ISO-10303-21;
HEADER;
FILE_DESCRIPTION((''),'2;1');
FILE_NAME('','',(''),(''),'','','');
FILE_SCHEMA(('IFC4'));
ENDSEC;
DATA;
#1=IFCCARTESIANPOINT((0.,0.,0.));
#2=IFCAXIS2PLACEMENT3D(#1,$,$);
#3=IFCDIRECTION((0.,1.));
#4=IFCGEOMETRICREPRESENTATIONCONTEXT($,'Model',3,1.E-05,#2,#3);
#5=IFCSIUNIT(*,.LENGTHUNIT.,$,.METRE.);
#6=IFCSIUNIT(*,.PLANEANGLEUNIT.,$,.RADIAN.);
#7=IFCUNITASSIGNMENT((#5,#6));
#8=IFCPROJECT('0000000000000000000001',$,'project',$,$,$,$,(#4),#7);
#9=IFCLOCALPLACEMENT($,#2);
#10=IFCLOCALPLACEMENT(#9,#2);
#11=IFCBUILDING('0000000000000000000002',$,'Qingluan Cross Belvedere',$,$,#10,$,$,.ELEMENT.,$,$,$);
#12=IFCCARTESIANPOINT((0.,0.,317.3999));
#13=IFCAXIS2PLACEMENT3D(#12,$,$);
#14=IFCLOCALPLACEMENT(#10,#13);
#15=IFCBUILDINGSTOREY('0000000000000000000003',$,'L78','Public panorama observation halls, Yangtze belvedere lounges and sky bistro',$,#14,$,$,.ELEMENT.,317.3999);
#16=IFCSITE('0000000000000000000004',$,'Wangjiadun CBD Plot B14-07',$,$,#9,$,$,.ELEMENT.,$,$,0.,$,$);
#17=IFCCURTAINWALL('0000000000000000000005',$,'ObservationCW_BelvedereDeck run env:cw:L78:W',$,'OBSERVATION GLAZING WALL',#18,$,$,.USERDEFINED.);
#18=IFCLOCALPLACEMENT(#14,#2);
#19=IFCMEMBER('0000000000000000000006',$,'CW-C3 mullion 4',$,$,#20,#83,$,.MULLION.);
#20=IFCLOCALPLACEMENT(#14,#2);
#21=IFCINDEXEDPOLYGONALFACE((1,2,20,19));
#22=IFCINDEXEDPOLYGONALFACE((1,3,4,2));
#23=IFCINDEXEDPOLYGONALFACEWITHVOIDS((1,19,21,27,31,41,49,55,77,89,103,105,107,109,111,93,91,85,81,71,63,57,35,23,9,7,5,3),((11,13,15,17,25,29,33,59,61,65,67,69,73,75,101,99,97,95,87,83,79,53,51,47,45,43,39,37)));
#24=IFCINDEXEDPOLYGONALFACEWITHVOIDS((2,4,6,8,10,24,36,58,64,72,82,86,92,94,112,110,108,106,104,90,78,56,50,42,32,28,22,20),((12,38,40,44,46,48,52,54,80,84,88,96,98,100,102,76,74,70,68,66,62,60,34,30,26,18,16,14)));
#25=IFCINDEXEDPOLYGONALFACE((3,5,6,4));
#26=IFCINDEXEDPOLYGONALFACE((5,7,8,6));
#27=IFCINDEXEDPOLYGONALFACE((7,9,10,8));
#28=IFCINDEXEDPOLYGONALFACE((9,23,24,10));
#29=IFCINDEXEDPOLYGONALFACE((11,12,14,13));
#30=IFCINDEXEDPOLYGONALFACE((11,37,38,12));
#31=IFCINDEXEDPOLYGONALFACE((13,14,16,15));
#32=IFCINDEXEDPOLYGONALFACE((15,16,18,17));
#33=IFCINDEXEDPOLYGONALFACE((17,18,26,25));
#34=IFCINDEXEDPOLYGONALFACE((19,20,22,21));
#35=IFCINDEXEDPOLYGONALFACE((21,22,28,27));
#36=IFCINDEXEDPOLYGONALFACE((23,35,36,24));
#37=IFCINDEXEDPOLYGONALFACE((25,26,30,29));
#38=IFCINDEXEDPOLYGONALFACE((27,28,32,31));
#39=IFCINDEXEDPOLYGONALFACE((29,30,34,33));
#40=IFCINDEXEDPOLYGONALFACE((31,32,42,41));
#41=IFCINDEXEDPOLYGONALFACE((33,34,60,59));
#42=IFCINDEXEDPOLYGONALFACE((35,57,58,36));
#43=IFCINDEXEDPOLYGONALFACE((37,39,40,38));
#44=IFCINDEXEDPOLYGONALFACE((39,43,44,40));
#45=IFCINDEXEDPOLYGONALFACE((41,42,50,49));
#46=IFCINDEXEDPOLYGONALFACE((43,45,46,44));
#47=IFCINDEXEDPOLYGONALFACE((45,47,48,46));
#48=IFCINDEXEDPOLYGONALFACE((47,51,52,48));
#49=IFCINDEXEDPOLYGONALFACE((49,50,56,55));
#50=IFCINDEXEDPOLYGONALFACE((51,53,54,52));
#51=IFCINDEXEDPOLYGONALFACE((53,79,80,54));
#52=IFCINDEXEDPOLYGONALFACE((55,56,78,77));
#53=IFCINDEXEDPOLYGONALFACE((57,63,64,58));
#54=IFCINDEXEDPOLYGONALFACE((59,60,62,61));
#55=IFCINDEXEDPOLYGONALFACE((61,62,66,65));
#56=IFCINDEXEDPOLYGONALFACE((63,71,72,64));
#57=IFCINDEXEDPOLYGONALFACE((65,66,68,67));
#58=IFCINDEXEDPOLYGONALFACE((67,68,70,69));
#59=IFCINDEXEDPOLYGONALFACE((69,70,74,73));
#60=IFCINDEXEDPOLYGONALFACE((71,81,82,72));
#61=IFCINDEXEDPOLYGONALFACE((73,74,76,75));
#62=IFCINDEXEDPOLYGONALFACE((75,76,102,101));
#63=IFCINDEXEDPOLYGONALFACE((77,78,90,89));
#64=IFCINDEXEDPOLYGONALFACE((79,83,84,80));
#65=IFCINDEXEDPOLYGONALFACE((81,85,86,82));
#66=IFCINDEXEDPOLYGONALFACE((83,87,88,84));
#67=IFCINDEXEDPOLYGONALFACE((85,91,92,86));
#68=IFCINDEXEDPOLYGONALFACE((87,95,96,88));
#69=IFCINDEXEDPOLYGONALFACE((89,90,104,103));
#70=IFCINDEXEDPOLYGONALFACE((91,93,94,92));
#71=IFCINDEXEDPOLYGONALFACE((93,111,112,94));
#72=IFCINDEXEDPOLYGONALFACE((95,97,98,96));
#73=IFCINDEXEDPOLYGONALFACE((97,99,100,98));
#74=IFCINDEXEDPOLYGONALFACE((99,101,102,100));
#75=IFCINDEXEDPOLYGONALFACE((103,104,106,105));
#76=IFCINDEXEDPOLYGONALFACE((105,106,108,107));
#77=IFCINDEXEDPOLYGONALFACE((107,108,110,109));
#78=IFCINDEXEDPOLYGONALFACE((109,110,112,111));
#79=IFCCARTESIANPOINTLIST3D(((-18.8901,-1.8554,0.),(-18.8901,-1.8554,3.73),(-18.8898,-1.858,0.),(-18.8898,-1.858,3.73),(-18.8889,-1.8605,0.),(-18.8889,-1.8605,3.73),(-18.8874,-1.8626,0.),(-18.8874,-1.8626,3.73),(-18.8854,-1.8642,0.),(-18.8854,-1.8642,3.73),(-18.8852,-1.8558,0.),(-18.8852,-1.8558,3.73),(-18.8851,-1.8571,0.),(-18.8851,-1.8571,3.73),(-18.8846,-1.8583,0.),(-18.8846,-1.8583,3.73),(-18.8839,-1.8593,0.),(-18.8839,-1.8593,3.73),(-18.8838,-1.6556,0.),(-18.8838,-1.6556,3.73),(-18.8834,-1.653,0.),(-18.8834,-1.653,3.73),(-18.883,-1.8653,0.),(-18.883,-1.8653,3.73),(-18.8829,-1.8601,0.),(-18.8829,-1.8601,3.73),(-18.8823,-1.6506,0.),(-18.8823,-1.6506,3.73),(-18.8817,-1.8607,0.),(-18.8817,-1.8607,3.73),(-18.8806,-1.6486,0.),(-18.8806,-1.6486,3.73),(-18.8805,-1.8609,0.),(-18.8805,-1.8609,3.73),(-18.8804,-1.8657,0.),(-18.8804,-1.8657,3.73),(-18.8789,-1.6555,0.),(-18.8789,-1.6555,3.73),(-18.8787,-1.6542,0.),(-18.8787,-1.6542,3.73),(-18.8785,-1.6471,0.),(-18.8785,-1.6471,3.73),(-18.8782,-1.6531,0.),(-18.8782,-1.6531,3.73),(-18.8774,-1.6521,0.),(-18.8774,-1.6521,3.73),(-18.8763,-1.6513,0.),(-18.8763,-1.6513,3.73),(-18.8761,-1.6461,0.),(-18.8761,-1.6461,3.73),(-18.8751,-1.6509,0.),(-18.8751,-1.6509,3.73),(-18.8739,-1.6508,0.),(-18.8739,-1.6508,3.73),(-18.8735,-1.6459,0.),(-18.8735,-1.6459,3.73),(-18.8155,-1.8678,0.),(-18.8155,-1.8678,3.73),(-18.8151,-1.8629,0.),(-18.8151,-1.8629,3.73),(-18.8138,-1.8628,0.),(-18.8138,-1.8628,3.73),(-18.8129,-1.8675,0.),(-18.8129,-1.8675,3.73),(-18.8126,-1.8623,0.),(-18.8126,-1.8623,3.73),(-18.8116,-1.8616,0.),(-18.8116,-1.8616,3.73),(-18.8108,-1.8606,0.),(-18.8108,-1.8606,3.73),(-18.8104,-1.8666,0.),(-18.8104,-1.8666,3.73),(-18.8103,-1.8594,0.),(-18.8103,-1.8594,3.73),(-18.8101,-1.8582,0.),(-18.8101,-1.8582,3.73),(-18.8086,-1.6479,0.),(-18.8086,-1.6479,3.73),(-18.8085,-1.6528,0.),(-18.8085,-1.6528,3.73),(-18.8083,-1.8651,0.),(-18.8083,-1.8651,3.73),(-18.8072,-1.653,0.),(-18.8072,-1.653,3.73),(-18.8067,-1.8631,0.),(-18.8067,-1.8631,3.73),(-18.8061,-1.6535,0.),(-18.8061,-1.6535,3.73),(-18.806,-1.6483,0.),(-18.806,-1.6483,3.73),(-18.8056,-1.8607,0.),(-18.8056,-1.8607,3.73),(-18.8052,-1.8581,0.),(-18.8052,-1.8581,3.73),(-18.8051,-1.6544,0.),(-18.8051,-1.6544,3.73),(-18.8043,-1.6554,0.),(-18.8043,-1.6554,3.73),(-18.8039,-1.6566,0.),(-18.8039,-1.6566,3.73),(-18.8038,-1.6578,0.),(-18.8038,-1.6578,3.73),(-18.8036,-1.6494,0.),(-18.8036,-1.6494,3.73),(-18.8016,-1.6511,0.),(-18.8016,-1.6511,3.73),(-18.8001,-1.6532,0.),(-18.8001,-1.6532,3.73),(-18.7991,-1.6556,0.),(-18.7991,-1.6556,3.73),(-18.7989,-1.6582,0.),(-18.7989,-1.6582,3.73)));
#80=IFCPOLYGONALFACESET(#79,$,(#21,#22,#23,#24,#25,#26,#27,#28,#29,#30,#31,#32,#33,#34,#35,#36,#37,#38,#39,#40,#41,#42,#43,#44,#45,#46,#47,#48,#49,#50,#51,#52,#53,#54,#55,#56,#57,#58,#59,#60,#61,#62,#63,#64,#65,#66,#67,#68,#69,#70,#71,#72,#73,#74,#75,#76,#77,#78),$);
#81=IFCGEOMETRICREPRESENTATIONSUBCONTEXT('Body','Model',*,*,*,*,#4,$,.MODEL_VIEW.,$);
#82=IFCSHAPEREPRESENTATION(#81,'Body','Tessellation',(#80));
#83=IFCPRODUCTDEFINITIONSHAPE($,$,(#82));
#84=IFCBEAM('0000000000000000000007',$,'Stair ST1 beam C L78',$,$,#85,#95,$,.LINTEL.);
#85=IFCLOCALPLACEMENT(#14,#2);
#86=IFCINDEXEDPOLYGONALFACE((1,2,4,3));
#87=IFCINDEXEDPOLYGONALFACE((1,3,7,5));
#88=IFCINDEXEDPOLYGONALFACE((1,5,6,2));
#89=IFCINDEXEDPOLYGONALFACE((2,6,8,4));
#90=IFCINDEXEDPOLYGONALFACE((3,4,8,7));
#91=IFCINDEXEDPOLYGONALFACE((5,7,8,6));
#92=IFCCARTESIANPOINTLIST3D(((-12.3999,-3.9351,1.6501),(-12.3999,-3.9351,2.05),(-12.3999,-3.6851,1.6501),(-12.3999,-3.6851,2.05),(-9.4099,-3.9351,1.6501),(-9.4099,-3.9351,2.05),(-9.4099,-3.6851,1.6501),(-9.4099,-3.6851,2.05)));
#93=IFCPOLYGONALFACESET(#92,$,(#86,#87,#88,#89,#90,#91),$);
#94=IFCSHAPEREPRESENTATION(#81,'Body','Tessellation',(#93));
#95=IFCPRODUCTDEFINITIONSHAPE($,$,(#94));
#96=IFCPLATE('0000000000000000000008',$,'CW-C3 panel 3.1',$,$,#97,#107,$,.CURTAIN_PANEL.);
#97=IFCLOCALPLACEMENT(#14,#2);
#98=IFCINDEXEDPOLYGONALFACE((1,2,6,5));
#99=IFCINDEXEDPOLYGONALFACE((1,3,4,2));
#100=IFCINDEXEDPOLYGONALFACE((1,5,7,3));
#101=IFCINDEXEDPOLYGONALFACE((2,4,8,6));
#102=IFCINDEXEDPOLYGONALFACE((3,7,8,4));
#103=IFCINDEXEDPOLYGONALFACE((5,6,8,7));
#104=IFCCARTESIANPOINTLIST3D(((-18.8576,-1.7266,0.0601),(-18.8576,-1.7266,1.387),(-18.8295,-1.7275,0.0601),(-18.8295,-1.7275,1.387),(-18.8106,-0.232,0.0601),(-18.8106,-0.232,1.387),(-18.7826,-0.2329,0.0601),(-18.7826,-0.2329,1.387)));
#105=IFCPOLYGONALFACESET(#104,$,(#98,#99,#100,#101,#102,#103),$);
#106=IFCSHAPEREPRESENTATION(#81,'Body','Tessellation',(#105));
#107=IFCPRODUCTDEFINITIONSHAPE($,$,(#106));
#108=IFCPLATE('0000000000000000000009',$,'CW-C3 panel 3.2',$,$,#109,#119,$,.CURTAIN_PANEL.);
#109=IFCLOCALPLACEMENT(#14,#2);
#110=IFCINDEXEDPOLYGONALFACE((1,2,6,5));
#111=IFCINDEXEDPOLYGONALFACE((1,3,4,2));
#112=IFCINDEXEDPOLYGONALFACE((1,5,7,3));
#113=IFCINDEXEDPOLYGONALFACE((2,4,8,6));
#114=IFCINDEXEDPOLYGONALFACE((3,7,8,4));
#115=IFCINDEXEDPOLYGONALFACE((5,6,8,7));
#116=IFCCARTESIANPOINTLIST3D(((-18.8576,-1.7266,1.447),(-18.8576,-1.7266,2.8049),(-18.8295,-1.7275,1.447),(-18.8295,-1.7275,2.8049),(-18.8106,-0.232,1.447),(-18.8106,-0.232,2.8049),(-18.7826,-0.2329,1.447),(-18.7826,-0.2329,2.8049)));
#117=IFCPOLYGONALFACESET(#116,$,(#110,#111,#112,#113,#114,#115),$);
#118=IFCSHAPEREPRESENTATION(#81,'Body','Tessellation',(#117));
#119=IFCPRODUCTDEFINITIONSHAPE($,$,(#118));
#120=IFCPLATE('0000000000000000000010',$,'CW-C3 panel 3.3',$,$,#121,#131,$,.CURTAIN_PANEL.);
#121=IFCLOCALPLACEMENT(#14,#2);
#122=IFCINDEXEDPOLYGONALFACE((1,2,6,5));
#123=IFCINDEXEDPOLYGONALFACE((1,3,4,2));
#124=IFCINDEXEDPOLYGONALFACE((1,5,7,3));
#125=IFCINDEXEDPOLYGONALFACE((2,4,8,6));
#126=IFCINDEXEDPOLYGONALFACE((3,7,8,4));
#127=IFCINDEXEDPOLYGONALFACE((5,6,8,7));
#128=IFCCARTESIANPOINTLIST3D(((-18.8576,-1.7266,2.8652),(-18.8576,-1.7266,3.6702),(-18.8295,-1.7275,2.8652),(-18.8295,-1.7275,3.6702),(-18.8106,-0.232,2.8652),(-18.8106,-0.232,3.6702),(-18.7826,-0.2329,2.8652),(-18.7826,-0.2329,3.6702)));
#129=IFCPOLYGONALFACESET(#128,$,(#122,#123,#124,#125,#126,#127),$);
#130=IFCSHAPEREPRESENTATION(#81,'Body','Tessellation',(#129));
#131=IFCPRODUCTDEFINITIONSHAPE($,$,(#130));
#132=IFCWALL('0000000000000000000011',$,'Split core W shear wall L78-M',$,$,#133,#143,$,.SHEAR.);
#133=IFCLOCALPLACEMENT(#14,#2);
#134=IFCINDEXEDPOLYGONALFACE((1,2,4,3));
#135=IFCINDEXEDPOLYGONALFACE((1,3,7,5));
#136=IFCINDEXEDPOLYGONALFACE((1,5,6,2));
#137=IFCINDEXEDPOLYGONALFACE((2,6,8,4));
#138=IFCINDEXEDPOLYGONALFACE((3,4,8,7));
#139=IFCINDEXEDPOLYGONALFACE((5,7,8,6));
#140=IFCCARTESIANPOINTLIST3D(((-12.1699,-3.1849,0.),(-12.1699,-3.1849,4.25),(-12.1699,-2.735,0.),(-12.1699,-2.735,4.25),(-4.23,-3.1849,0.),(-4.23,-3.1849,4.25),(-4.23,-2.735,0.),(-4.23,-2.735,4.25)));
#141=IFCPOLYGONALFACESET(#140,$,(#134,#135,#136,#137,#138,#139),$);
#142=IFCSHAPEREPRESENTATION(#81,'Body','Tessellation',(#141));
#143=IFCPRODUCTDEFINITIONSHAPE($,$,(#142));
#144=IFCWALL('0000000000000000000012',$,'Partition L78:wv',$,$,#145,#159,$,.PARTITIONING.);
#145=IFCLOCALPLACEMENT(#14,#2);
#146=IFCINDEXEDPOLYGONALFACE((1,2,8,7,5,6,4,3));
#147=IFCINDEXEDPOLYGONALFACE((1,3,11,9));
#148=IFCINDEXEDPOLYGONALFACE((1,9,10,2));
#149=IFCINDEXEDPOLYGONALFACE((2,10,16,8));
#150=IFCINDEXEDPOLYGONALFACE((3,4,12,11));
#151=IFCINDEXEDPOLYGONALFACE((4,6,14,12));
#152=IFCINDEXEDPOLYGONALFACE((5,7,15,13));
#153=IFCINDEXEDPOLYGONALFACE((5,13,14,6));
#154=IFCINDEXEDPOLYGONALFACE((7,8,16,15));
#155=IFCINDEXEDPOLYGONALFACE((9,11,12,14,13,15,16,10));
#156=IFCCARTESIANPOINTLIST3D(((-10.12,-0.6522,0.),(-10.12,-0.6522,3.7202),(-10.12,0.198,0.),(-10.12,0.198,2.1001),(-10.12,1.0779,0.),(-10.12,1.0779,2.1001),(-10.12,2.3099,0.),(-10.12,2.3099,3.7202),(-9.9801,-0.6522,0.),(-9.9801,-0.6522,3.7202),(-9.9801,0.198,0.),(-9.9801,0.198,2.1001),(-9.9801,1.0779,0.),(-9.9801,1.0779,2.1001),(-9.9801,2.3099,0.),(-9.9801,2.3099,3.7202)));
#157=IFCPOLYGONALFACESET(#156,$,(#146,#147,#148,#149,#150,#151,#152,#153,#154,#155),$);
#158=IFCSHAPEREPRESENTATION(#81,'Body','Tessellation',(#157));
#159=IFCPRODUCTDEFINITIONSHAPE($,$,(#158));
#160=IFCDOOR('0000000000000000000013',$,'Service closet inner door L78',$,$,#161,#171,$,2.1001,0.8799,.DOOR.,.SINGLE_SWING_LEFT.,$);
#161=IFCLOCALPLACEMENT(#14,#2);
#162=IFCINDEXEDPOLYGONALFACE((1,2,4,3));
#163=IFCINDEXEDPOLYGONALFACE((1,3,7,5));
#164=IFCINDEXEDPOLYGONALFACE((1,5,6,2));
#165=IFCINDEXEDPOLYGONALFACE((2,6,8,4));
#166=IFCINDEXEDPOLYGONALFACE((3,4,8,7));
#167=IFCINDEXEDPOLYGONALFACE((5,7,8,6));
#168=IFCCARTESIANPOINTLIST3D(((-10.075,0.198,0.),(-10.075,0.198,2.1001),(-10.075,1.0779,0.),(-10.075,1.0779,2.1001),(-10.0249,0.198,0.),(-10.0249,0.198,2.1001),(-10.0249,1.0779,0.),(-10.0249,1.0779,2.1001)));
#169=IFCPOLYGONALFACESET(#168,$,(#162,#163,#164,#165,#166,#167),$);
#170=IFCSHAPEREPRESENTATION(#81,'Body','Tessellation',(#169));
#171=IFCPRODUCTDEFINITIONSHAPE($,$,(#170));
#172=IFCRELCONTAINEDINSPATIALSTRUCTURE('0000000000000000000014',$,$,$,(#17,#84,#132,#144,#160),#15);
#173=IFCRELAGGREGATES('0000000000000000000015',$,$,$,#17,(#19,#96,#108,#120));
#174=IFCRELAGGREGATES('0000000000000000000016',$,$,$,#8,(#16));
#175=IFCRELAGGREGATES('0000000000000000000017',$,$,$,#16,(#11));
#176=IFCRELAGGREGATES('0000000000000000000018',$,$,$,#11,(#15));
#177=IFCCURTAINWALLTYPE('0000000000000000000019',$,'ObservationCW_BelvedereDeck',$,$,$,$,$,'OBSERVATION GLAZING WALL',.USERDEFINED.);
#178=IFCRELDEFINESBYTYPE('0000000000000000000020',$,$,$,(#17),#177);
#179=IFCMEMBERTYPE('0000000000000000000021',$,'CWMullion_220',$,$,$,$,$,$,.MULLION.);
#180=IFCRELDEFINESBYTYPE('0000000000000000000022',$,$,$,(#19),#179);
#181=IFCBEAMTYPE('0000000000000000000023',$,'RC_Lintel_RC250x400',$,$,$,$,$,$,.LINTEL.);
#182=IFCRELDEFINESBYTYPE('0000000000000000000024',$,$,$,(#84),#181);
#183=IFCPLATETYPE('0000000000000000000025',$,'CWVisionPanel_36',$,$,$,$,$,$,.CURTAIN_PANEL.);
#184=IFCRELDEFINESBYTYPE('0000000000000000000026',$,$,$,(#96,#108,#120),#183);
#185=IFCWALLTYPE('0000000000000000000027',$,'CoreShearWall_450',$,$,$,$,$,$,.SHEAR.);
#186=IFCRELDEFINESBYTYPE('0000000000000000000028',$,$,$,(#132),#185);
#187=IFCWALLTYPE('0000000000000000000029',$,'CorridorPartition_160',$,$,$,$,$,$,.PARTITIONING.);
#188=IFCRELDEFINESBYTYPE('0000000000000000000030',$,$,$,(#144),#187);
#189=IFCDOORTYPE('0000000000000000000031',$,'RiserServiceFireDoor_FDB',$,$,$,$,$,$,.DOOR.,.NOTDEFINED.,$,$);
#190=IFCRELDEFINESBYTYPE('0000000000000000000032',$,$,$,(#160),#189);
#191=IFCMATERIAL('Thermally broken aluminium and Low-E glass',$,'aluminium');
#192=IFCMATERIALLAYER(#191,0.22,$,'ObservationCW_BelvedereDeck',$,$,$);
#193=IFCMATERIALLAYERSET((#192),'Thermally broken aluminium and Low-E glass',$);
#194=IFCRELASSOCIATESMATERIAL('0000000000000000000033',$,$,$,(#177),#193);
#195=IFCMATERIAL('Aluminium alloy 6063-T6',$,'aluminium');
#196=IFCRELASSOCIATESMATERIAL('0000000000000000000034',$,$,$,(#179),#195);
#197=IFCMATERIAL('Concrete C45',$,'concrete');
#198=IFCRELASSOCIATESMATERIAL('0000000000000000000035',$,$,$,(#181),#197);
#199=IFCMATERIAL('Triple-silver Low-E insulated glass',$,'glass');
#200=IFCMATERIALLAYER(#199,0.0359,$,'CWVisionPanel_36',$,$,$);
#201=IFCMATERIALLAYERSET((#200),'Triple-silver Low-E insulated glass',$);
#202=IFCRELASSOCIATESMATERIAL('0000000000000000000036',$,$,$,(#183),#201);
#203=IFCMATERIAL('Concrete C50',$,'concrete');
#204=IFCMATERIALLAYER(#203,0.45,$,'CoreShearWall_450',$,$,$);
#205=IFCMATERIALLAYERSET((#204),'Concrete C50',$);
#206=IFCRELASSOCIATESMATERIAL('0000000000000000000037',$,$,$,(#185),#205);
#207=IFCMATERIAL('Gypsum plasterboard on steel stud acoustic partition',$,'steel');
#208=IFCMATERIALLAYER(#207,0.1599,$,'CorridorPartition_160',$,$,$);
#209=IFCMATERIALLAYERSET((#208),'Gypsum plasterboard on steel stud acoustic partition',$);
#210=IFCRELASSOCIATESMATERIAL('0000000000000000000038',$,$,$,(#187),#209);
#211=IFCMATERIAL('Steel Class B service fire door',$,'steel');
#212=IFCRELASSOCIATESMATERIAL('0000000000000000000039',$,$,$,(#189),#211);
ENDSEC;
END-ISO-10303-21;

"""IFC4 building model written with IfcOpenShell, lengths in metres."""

from ifc_helpers import new_model, si_unit, direction, frame, frame_2d, origin, origin_2d, place, context, subcontext, project, spatial, rectangle, hollow_rectangle, extrude, material, layer, layer_set, material_profile, profile_set, type_object, element, fill, aggregate, save


model = new_model("IFC4")

# Units and contexts
model_context = context("Model", 3, precision=1e-05, world=origin(), true_north=direction((0.0, 1.0)))
body_context = subcontext(model_context, "Body", "Model", "MODEL_VIEW")
ifc_project = project(units=[si_unit("LENGTHUNIT", "METRE"), si_unit("PLANEANGLEUNIT", "RADIAN")], contexts=[model_context])

# Site, building, storey
site_placement = place(None, origin())
site = spatial("IfcSite", under=ifc_project, at=site_placement, Name="Wangjiadun CBD Plot B14-07", CompositionType="ELEMENT", RefElevation=0.0)
building_placement = place(site_placement, origin())
building = spatial("IfcBuilding", under=site, at=building_placement, Name="Qingluan Cross Belvedere", CompositionType="ELEMENT")
storey_placement = place(building_placement, frame((0.0, 0.0, 317.3999)))
storey = spatial("IfcBuildingStorey", under=building, at=storey_placement, Name="L78", Description="Public panorama observation halls, Yangtze belvedere lounges and sky bistro", CompositionType="ELEMENT", Elevation=317.3999)

# Curtain wall, member
ifc_material_1 = material(Name="Thermally broken aluminium and Low-E glass", Category="aluminium")
ifc_layer_1 = layer(ifc_material_1, 0.22, Name="ObservationCW_BelvedereDeck")
ifc_layer_set_1 = layer_set([ifc_layer_1], Name="Thermally broken aluminium and Low-E glass")
curtain_wall_type = type_object("IfcCurtainWallType", Name="ObservationCW_BelvedereDeck", ElementType="OBSERVATION GLAZING WALL", PredefinedType="USERDEFINED", material=ifc_layer_set_1)
curtain_wall_placement = place(storey_placement, origin())
curtain_wall = element("IfcCurtainWall", 1, at=curtain_wall_placement, inside=storey, type_object=curtain_wall_type, Name="ObservationCW_BelvedereDeck run env:cw:L78:W", ObjectType="OBSERVATION GLAZING WALL", PredefinedType="USERDEFINED")
ifc_material_2 = material(Name="Aluminium alloy 6063-T6", Category="aluminium")
ifc_material_profile_1 = material_profile(ifc_material_2, hollow_rectangle(XDim=0.085, YDim=0.22, WallThickness=0.0049, InnerFilletRadius=0.0049, OuterFilletRadius=0.01, at=origin_2d()), Name="CWM220x85x5")
ifc_profile_set_1 = profile_set([ifc_material_profile_1], Name="Aluminium alloy 6063-T6")
member_type = type_object("IfcMemberType", Name="CWMullion_220", PredefinedType="MULLION", material=ifc_profile_set_1)
member_placement = place(storey_placement, frame((-18.8445, -1.7568, 0.0), z_axis=(0.0, 0.0, 1.0), x_axis=(0.999506, -0.031413, 0.0)))
member = element("IfcMember", 2, at=member_placement, type_object=member_type, Name="CW-C3 mullion 4", PredefinedType="MULLION", context=body_context, shape_type="SweptSolid", body=[
    extrude(hollow_rectangle(XDim=0.085, YDim=0.22, WallThickness=0.0049, InnerFilletRadius=0.0049, OuterFilletRadius=0.01, at=origin_2d()), origin(), (0.0, 0.0, 1.0), 3.73),
])

# Beam
ifc_material_3 = material(Name="Concrete C45", Category="concrete")
ifc_material_profile_2 = material_profile(ifc_material_3, rectangle(XDim=0.25, YDim=0.3999, at=origin_2d()), Name="RC250x400")
ifc_profile_set_2 = profile_set([ifc_material_profile_2], Name="Concrete C45")
beam_type = type_object("IfcBeamType", Name="RC_Lintel_RC250x400", PredefinedType="LINTEL", material=ifc_profile_set_2)
beam_placement = place(storey_placement, frame((-12.3999, -3.8101, 1.8501), z_axis=(1.0, 0.0, 0.0), x_axis=(0.0, 1.0, 0.0)))
element("IfcBeam", 3, at=beam_placement, inside=storey, type_object=beam_type, Name="Stair ST1 beam C L78", PredefinedType="LINTEL", context=body_context, shape_type="SweptSolid", body=[
    extrude(rectangle(XDim=0.25, YDim=0.3999, at=origin_2d()), origin(), (0.0, 0.0, 1.0), 2.99),
])

# Plates
ifc_material_4 = material(Name="Triple-silver Low-E insulated glass", Category="glass")
ifc_layer_2 = layer(ifc_material_4, 0.0359, Name="CWVisionPanel_36")
ifc_layer_set_2 = layer_set([ifc_layer_2], Name="Triple-silver Low-E insulated glass")
plate_type = type_object("IfcPlateType", Name="CWVisionPanel_36", PredefinedType="CURTAIN_PANEL", material=ifc_layer_set_2)
plate_1_placement = place(storey_placement, frame((-18.8201, -0.9797, 0.0601), z_axis=(0.0, 0.0, 1.0), x_axis=(-0.031413, -0.999506, 0.0)))
plate_1 = element("IfcPlate", 4, at=plate_1_placement, type_object=plate_type, Name="CW-C3 panel 3.1", PredefinedType="CURTAIN_PANEL", context=body_context, shape_type="SweptSolid", body=[
    extrude(rectangle(XDim=1.4954, YDim=0.0281, at=origin_2d()), origin(), (0.0, 0.0, 1.0), 1.3269),
])
plate_2_placement = place(storey_placement, frame((-18.8201, -0.9797, 1.447), z_axis=(0.0, 0.0, 1.0), x_axis=(-0.031413, -0.999506, 0.0)))
plate_2 = element("IfcPlate", 5, at=plate_2_placement, type_object=plate_type, Name="CW-C3 panel 3.2", PredefinedType="CURTAIN_PANEL", context=body_context, shape_type="SweptSolid", body=[
    extrude(rectangle(XDim=1.4954, YDim=0.0281, at=origin_2d()), origin(), (0.0, 0.0, 1.0), 1.3579),
])
plate_3_placement = place(storey_placement, frame((-18.8201, -0.9797, 2.8652), z_axis=(0.0, 0.0, 1.0), x_axis=(-0.031413, -0.999506, 0.0)))
plate_3 = element("IfcPlate", 6, at=plate_3_placement, type_object=plate_type, Name="CW-C3 panel 3.3", PredefinedType="CURTAIN_PANEL", context=body_context, shape_type="SweptSolid", body=[
    extrude(rectangle(XDim=1.4954, YDim=0.0281, at=origin_2d()), origin(), (0.0, 0.0, 1.0), 0.8049),
])
aggregate(curtain_wall, [member, plate_1, plate_2, plate_3])

# Wall
ifc_material_5 = material(Name="Concrete C50", Category="concrete")
ifc_layer_3 = layer(ifc_material_5, 0.45, Name="CoreShearWall_450")
ifc_layer_set_3 = layer_set([ifc_layer_3], Name="Concrete C50")
wall_type_1 = type_object("IfcWallType", Name="CoreShearWall_450", PredefinedType="SHEAR", material=ifc_layer_set_3)
wall_1_placement = place(storey_placement, frame((-12.1699, -2.96, 0.0), z_axis=(0.0, 0.0, 1.0), x_axis=(1.0, 0.0, 0.0)))
element("IfcWall", 7, at=wall_1_placement, inside=storey, type_object=wall_type_1, Name="Split core W shear wall L78-M", PredefinedType="SHEAR", context=body_context, shape_type="SweptSolid", body=[
    extrude(rectangle(XDim=7.9399, YDim=0.45, at=frame_2d((3.97, 0.0))), origin(), (0.0, 0.0, 1.0), 4.25),
])

# Wall, opening, door
ifc_material_6 = material(Name="Gypsum plasterboard on steel stud acoustic partition", Category="steel")
ifc_layer_4 = layer(ifc_material_6, 0.1599, Name="CorridorPartition_160")
ifc_layer_set_4 = layer_set([ifc_layer_4], Name="Gypsum plasterboard on steel stud acoustic partition")
wall_type_2 = type_object("IfcWallType", Name="CorridorPartition_160", PredefinedType="PARTITIONING", material=ifc_layer_set_4)
wall_2_placement = place(storey_placement, frame((-10.05, -0.6521, 0.0), z_axis=(0.0, 0.0, 1.0), x_axis=(0.0, 1.0, 0.0)))
wall_2 = element("IfcWall", 8, at=wall_2_placement, inside=storey, type_object=wall_type_2, Name="Partition L78:wv", PredefinedType="PARTITIONING", context=body_context, shape_type="SweptSolid", body=[
    extrude(rectangle(XDim=2.9622, YDim=0.1399, at=frame_2d((1.481, 0.0))), origin(), (0.0, 0.0, 1.0), 3.7202),
])
opening_1_placement = place(wall_2_placement, frame((0.8501, 0.0, 0.0)))
opening_1 = element("IfcOpeningElement", 9, at=opening_1_placement, cuts=wall_2, PredefinedType="OPENING", context=body_context, shape_type="SweptSolid", body=[
    extrude(rectangle(XDim=0.8799, YDim=2.1001, at=frame_2d((0.4399, 1.05))), frame((0.0, 0.0798, 0.0), z_axis=(0.0, -1.0, 0.0), x_axis=(1.0, 0.0, 0.0)), (0.0, 0.0, 1.0), 0.1599),
])
ifc_material_7 = material(Name="Steel Class B service fire door", Category="steel")
door_type_1 = type_object("IfcDoorType", Name="RiserServiceFireDoor_FDB", OperationType="NOTDEFINED", PredefinedType="DOOR", material=ifc_material_7)
door_1_placement = place(opening_1_placement, origin())
door_1 = element("IfcDoor", 10, at=door_1_placement, inside=storey, type_object=door_type_1, Name="Service closet inner door L78", OperationType="SINGLE_SWING_LEFT", OverallHeight=2.1001, OverallWidth=0.8799, PredefinedType="DOOR", context=body_context, shape_type="SweptSolid", body=[
    extrude(rectangle(XDim=0.8799, YDim=2.1001, at=frame_2d((0.4399, 1.05))), frame((0.0, 0.0249, 0.0), z_axis=(0.0, -1.0, 0.0), x_axis=(1.0, 0.0, 0.0)), (0.0, 0.0, 1.0), 0.05),
])
fill(opening_1, door_1)

save(model, "model.ifc")
